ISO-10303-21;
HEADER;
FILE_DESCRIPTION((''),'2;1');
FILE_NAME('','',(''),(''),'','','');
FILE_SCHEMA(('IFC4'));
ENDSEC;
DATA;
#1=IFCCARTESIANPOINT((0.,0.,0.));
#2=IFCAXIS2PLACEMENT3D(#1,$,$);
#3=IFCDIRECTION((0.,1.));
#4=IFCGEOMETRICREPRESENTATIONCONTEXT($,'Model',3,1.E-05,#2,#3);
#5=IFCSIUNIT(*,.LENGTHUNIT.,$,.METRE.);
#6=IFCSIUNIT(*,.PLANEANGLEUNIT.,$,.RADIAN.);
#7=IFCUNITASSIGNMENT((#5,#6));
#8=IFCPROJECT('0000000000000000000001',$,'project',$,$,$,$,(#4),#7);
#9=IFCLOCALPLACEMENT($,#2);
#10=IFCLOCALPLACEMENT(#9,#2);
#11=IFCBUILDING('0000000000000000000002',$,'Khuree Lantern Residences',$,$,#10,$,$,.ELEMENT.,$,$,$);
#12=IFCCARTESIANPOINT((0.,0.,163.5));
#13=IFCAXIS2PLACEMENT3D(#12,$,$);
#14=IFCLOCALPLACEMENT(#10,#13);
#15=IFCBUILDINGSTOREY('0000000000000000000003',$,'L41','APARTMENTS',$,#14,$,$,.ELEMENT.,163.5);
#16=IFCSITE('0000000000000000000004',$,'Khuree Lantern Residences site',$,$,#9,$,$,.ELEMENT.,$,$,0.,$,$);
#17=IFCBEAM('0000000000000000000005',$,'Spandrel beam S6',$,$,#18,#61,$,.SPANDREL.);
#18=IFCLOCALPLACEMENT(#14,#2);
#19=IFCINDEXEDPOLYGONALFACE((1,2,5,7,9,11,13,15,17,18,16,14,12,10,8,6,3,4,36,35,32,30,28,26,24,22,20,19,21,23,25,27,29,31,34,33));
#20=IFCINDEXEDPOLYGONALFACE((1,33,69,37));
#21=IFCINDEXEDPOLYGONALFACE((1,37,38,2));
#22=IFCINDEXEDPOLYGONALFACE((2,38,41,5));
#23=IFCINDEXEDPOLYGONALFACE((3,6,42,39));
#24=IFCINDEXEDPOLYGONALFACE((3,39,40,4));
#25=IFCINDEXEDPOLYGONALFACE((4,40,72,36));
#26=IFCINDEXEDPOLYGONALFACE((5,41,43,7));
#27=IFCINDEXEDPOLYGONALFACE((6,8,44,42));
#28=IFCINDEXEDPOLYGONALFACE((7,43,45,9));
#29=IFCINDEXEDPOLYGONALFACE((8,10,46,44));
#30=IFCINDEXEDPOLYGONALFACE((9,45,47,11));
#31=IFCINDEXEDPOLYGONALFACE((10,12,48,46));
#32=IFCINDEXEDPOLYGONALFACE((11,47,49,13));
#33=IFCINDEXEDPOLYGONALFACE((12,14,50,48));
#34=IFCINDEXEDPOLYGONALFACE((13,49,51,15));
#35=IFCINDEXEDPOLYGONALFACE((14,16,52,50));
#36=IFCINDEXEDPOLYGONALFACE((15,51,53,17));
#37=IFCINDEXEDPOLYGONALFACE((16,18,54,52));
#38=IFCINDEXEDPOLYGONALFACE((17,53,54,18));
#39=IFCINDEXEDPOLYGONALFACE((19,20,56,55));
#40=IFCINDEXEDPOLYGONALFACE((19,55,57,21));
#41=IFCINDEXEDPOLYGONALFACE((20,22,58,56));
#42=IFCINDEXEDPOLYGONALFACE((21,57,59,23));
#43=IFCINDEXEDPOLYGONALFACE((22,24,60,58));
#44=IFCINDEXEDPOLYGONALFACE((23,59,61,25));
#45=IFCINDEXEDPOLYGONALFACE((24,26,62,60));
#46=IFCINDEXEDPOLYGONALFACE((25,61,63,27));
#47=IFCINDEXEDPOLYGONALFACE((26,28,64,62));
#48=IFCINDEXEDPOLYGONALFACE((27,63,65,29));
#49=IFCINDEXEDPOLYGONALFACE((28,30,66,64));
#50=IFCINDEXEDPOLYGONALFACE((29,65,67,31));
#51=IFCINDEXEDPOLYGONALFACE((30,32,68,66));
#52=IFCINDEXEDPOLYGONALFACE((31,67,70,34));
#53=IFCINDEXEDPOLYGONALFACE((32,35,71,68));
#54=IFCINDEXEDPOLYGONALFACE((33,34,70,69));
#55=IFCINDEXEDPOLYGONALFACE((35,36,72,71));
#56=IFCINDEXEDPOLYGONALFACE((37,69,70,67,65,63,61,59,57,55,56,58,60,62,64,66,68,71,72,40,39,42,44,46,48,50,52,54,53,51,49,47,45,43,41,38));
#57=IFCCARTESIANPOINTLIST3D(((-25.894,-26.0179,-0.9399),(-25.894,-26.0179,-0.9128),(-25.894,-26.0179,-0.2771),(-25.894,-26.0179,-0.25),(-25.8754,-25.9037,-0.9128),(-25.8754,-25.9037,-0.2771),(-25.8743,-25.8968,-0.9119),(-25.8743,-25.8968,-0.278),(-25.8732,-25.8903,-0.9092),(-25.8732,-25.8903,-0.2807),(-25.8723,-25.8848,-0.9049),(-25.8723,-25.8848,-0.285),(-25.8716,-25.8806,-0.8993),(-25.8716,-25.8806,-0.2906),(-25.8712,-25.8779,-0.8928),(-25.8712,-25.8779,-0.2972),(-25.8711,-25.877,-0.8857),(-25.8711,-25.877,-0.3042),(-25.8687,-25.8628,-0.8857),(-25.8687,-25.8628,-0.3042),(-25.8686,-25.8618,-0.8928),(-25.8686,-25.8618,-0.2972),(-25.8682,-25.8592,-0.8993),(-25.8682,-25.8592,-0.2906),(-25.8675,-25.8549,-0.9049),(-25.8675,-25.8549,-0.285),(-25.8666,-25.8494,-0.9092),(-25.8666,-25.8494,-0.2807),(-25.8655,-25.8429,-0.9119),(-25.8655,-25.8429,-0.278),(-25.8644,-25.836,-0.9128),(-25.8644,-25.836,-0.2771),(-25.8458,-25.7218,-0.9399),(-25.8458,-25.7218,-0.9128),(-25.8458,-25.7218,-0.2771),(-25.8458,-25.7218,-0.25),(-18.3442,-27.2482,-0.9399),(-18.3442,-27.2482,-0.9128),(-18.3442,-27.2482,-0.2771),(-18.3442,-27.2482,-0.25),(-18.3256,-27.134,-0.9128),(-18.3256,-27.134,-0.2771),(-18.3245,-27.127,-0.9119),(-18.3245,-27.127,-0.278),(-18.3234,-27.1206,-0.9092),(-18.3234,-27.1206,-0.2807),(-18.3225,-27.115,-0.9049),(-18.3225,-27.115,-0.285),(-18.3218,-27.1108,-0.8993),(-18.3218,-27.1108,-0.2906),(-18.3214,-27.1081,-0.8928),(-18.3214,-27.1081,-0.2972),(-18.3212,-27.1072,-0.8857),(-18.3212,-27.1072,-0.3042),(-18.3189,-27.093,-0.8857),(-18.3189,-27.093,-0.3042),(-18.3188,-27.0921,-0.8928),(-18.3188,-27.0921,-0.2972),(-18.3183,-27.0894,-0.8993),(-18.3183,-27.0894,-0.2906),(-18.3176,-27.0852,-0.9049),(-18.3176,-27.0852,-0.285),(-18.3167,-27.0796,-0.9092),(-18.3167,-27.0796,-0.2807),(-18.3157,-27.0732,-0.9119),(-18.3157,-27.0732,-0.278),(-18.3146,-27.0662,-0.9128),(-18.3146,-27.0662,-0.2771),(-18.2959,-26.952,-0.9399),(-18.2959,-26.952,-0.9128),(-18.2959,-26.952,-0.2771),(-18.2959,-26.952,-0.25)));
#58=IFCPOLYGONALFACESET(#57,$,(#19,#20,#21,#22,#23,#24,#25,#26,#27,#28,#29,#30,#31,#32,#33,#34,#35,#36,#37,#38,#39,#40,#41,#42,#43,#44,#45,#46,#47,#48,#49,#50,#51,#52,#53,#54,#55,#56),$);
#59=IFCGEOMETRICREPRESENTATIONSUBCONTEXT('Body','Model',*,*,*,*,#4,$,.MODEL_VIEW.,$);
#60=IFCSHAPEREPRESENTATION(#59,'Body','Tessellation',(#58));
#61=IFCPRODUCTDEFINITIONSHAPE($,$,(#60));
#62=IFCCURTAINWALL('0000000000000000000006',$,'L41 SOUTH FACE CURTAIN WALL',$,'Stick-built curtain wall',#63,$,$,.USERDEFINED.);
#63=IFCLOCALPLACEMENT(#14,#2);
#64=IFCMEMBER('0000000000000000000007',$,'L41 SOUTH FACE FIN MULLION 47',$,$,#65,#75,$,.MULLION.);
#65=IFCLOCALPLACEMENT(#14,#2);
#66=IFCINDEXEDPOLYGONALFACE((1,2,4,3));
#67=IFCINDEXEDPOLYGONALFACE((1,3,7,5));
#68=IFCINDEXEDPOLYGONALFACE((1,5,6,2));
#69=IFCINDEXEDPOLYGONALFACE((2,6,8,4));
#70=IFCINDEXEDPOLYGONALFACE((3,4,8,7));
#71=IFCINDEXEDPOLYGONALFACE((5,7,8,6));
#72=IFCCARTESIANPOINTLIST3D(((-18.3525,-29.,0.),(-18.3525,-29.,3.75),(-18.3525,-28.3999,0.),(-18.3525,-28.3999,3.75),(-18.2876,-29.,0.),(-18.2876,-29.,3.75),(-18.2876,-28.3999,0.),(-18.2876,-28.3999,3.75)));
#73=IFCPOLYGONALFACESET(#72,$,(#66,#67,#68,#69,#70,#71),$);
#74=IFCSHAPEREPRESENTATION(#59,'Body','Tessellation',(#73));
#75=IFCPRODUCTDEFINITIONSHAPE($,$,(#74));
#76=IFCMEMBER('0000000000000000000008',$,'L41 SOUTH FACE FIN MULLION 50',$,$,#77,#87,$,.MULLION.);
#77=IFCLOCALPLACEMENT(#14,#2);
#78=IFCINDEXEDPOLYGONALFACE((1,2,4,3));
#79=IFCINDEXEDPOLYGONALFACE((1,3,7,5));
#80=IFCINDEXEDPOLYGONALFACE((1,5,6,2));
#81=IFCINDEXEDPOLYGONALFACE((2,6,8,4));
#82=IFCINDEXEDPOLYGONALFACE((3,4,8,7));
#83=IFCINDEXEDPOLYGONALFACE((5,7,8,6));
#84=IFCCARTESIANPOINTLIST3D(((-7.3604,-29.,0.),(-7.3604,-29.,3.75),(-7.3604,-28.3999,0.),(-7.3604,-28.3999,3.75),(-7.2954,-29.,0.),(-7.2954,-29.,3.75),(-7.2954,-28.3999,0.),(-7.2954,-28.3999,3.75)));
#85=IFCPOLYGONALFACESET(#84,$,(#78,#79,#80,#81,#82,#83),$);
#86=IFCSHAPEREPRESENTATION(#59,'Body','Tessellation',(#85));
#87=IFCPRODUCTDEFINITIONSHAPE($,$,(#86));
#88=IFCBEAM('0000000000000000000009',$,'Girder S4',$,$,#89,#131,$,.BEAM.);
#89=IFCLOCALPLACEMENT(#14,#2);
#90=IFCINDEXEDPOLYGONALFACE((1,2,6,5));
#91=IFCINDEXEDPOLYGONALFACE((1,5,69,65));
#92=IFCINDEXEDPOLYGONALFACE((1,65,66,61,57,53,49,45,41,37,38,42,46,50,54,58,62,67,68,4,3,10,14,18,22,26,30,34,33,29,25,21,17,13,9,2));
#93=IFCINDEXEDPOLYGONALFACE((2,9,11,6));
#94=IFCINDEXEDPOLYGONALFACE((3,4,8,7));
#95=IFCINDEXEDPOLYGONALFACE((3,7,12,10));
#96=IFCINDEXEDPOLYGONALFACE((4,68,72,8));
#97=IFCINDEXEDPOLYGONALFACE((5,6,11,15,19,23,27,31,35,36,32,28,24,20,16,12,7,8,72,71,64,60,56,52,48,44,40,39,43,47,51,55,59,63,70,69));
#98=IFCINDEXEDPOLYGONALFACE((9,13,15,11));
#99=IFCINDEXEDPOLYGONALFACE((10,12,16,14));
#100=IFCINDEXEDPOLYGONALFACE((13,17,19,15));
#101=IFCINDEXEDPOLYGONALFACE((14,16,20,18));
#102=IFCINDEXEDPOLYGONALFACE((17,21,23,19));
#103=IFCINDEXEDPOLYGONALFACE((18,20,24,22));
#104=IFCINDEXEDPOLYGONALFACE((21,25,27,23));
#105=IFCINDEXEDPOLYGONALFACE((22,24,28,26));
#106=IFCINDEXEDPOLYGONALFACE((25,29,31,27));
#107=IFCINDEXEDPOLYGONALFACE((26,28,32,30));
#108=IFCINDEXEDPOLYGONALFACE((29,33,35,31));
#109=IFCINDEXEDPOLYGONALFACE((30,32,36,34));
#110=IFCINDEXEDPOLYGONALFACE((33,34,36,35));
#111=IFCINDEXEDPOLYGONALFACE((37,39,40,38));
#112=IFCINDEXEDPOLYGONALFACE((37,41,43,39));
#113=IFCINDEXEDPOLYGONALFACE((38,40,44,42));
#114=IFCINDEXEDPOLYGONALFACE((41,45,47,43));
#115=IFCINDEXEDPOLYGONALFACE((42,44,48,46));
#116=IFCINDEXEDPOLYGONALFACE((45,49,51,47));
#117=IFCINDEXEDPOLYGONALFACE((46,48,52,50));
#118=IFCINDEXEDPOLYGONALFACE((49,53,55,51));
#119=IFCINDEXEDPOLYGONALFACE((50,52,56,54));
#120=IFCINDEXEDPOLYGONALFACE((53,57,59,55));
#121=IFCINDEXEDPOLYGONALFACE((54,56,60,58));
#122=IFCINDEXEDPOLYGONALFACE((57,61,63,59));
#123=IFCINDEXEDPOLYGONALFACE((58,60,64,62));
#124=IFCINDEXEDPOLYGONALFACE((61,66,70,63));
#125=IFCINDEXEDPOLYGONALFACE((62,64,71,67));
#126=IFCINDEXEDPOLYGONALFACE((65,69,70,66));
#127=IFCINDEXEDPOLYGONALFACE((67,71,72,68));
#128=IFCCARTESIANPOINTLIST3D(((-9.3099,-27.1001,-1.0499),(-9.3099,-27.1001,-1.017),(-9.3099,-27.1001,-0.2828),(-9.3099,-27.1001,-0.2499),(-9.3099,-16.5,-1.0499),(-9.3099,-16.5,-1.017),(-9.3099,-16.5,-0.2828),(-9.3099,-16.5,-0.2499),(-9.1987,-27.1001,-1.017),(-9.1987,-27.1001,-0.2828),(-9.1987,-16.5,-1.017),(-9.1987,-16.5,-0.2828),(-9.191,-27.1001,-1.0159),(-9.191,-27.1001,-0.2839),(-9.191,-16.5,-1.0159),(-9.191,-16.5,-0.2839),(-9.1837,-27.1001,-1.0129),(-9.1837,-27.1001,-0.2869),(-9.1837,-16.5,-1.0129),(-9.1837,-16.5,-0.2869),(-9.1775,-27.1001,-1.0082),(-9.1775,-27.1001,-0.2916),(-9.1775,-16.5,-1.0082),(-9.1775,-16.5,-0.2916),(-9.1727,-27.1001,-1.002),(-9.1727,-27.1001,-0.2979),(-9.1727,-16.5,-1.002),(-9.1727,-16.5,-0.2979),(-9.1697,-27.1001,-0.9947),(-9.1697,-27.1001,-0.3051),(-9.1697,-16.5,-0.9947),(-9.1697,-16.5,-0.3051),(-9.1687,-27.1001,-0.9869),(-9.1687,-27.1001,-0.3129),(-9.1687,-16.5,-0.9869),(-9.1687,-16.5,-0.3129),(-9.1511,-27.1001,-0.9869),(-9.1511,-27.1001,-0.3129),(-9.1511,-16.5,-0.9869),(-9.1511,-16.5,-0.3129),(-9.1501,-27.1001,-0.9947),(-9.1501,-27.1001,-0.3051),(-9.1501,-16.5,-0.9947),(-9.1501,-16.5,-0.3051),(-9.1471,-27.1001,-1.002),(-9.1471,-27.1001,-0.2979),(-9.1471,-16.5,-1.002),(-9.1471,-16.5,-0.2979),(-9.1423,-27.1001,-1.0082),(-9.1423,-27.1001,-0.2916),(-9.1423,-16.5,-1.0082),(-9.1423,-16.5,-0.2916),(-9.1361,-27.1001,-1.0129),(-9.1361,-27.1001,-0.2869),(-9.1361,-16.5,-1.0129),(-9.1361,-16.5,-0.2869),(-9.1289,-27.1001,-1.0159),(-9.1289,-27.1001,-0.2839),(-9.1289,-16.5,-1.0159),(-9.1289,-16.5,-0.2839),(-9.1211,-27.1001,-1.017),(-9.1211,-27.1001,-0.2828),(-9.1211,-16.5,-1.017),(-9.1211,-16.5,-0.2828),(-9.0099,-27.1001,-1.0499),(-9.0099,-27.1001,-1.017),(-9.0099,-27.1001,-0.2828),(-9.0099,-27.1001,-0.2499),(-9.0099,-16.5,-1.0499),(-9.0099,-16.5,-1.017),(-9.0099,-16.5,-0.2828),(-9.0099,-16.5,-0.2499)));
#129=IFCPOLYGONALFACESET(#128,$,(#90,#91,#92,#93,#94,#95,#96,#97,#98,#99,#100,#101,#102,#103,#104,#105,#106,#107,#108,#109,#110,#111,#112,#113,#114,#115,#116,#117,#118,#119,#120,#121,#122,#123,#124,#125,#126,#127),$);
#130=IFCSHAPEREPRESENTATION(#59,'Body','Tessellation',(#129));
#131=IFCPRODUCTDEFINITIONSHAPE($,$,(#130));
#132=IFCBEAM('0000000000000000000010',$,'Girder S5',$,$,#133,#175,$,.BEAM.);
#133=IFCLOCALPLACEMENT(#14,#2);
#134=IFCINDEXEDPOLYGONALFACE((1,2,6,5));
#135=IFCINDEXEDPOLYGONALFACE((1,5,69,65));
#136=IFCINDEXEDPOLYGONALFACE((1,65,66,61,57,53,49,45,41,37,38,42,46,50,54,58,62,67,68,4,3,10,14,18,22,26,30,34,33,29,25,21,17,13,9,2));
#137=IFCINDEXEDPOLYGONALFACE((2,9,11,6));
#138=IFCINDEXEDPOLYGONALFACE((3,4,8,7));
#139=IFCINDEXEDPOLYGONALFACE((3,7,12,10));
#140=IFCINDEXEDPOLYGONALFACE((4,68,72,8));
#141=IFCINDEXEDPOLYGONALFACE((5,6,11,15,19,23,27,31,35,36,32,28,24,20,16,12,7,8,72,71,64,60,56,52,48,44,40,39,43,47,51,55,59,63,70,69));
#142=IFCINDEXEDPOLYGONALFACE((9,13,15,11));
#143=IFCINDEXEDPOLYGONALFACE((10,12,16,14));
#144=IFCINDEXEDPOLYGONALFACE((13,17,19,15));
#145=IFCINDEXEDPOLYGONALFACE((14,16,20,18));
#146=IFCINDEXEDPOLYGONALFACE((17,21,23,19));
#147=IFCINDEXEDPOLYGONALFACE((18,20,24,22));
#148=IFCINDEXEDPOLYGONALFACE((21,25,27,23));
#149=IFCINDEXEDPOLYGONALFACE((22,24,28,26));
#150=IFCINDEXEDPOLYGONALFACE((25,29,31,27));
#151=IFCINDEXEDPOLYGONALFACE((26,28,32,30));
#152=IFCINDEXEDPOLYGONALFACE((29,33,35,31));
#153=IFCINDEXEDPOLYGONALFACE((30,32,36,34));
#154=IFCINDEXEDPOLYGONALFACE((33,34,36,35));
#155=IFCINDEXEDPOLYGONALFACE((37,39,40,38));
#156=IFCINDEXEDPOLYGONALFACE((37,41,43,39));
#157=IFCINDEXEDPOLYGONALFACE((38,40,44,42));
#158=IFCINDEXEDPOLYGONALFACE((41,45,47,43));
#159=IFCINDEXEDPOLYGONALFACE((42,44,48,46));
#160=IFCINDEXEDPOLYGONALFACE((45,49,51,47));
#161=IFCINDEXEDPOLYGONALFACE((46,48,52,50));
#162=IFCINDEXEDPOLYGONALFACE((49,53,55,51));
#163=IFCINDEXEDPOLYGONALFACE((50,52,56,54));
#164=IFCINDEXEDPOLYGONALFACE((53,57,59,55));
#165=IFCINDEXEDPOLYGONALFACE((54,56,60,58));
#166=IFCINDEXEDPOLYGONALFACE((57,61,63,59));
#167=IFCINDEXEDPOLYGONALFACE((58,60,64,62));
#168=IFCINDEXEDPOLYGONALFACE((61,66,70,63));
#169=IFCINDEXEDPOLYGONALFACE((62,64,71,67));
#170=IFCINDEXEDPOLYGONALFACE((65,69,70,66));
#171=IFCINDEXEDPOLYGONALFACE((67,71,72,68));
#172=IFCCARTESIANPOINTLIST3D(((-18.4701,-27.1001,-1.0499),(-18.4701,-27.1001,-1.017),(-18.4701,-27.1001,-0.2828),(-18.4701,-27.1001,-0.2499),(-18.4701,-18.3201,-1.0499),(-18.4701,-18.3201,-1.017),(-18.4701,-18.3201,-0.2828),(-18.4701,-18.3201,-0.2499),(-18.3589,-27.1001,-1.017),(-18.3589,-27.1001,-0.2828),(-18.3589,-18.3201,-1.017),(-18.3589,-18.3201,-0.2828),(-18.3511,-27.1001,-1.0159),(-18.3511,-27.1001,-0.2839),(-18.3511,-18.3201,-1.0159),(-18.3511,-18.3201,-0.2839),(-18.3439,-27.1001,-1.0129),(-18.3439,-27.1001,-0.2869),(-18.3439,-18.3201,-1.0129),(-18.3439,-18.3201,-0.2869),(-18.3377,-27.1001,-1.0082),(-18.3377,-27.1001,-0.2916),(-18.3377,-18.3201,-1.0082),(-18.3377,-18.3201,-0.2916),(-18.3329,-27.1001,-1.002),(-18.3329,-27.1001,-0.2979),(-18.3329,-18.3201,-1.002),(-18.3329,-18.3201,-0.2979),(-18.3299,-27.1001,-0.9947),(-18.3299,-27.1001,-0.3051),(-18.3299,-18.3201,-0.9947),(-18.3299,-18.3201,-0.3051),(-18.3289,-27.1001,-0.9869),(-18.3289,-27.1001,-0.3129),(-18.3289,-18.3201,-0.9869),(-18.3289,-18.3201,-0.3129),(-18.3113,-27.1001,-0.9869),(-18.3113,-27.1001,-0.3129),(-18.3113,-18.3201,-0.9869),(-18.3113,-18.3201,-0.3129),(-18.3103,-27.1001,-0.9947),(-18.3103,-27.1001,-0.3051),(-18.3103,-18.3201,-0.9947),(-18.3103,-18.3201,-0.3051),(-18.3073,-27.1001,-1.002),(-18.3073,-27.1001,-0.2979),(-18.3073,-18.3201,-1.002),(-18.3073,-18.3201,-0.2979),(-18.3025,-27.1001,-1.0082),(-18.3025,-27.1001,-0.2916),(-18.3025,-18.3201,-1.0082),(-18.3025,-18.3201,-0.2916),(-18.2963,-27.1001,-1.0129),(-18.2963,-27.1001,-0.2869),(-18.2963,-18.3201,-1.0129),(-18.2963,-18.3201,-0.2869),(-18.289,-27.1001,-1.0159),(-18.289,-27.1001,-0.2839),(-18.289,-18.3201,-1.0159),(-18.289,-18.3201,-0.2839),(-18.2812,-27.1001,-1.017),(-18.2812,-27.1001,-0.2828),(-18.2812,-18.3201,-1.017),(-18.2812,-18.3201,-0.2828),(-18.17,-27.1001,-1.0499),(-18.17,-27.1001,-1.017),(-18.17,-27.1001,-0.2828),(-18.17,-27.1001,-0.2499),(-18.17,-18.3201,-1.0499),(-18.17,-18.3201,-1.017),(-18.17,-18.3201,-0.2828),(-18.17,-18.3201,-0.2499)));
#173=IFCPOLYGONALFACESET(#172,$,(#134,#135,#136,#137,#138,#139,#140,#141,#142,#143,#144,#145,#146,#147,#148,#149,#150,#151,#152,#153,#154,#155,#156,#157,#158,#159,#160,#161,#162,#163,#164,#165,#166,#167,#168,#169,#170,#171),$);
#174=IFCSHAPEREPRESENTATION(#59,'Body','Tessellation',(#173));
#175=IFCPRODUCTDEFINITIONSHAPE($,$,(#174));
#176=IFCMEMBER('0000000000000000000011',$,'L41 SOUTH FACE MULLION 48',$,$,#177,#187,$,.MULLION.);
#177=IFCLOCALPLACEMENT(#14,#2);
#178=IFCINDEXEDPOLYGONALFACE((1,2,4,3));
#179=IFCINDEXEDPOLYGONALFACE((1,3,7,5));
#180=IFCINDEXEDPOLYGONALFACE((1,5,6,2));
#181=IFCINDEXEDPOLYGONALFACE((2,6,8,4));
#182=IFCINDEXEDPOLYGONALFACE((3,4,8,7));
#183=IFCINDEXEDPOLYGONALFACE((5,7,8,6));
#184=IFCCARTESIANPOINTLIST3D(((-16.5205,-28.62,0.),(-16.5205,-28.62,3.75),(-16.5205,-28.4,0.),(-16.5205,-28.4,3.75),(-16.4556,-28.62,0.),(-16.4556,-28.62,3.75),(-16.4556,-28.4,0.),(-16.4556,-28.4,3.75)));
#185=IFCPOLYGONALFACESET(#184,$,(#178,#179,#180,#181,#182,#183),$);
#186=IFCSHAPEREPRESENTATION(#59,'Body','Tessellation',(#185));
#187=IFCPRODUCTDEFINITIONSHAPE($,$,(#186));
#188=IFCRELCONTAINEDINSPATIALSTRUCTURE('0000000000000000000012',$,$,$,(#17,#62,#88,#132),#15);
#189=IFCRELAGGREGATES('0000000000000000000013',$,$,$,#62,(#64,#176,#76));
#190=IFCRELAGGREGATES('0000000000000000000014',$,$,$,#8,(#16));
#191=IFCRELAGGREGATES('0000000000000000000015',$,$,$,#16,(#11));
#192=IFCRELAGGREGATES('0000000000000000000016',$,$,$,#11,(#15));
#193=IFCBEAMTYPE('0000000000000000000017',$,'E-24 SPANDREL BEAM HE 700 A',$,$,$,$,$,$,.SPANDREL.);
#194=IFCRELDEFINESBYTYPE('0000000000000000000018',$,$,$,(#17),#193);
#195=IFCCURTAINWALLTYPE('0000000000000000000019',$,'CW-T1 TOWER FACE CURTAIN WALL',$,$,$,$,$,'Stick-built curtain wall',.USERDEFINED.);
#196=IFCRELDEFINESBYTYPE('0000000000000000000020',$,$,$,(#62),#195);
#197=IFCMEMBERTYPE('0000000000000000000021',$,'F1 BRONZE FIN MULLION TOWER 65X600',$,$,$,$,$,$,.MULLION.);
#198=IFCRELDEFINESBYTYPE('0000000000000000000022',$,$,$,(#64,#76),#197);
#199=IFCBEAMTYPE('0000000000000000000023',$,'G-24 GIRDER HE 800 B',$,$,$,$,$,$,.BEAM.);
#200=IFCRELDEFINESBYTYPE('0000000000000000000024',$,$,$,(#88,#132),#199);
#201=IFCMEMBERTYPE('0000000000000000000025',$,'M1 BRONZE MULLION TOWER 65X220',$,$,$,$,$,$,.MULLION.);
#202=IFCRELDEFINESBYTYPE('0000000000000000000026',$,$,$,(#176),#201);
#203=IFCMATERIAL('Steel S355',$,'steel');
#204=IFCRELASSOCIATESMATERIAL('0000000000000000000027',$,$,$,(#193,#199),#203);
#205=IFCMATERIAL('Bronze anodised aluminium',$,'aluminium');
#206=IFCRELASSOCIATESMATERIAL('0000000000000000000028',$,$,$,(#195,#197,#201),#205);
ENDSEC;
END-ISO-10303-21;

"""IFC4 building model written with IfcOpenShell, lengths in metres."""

from ifc_helpers import new_model, si_unit, direction, frame, origin, origin_2d, place, context, subcontext, project, spatial, rectangle, i_section, extrude, material, material_profile, profile_set, type_object, element, aggregate, save


model = new_model("IFC4")

# Units and contexts
model_context = context("Model", 3, precision=1e-05, world=origin(), true_north=direction((0.0, 1.0)))
body_context = subcontext(model_context, "Body", "Model", "MODEL_VIEW")
ifc_project = project(units=[si_unit("LENGTHUNIT", "METRE"), si_unit("PLANEANGLEUNIT", "RADIAN")], contexts=[model_context])

# Site, building, storey
site_placement = place(None, origin())
site = spatial("IfcSite", under=ifc_project, at=site_placement, Name="Khuree Lantern Residences site", CompositionType="ELEMENT", RefElevation=0.0)
building_placement = place(site_placement, origin())
building = spatial("IfcBuilding", under=site, at=building_placement, Name="Khuree Lantern Residences", CompositionType="ELEMENT")
storey_placement = place(building_placement, frame((0.0, 0.0, 163.5)))
storey = spatial("IfcBuildingStorey", under=building, at=storey_placement, Name="L41", Description="APARTMENTS", CompositionType="ELEMENT", Elevation=163.5)

# Beam
ifc_material_1 = material(Name="Steel S355", Category="steel")
ifc_material_profile_1 = material_profile(ifc_material_1, i_section(OverallWidth=0.3, OverallDepth=0.6899, WebThickness=0.0144, FlangeThickness=0.0271, FilletRadius=0.0271, at=origin_2d()), Name="HE 700 A")
ifc_profile_set_1 = profile_set([ifc_material_profile_1], Name="Steel S355")
beam_type_1 = type_object("IfcBeamType", Name="E-24 SPANDREL BEAM HE 700 A", PredefinedType="SPANDREL", material=ifc_profile_set_1)
beam_1_placement = place(storey_placement, frame((-18.3201, -27.1001, -0.595), z_axis=(-0.986983, 0.160827, 0.0), x_axis=(-0.160827, -0.986983, 0.0)))
element("IfcBeam", 1, at=beam_1_placement, inside=storey, type_object=beam_type_1, Name="Spandrel beam S6", PredefinedType="SPANDREL", context=body_context, shape_type="SweptSolid", body=[
    extrude(i_section(OverallWidth=0.3, OverallDepth=0.6899, WebThickness=0.0144, FlangeThickness=0.0271, FilletRadius=0.0271, at=origin_2d()), origin(), (0.0, 0.0, 1.0), 7.6494),
])

# Curtain wall, members
ifc_material_2 = material(Name="Bronze anodised aluminium", Category="aluminium")
curtain_wall_type = type_object("IfcCurtainWallType", Name="CW-T1 TOWER FACE CURTAIN WALL", ElementType="Stick-built curtain wall", PredefinedType="USERDEFINED", material=ifc_material_2)
curtain_wall_placement = place(storey_placement, origin())
curtain_wall = element("IfcCurtainWall", 2, at=curtain_wall_placement, inside=storey, type_object=curtain_wall_type, Name="L41 SOUTH FACE CURTAIN WALL", ObjectType="Stick-built curtain wall", PredefinedType="USERDEFINED")
ifc_material_profile_2 = material_profile(ifc_material_2, rectangle(XDim=0.0649, YDim=0.6001, at=origin_2d()), Name="F1 65X600")
ifc_profile_set_2 = profile_set([ifc_material_profile_2], Name="Bronze anodised aluminium")
member_type_1 = type_object("IfcMemberType", Name="F1 BRONZE FIN MULLION TOWER 65X600", PredefinedType="MULLION", material=ifc_profile_set_2)
member_1_placement = place(storey_placement, frame((-18.3201, -28.7, 0.0), z_axis=(0.0, 0.0, 1.0), x_axis=(1.0, 0.0, 0.0)))
member_1 = element("IfcMember", 3, at=member_1_placement, type_object=member_type_1, Name="L41 SOUTH FACE FIN MULLION 47", PredefinedType="MULLION", context=body_context, shape_type="SweptSolid", body=[
    extrude(rectangle(XDim=0.0649, YDim=0.6001, at=origin_2d()), origin(), (0.0, 0.0, 1.0), 3.75),
])
member_2_placement = place(storey_placement, frame((-7.3279, -28.7, 0.0), z_axis=(0.0, 0.0, 1.0), x_axis=(1.0, 0.0, 0.0)))
member_2 = element("IfcMember", 4, at=member_2_placement, type_object=member_type_1, Name="L41 SOUTH FACE FIN MULLION 50", PredefinedType="MULLION", context=body_context, shape_type="SweptSolid", body=[
    extrude(rectangle(XDim=0.0649, YDim=0.6001, at=origin_2d()), origin(), (0.0, 0.0, 1.0), 3.75),
])

# Beams
ifc_material_profile_3 = material_profile(ifc_material_1, i_section(OverallWidth=0.3, OverallDepth=0.8, WebThickness=0.0176, FlangeThickness=0.033, FilletRadius=0.03, at=origin_2d()), Name="HE 800 B")
ifc_profile_set_3 = profile_set([ifc_material_profile_3], Name="Steel S355")
beam_type_2 = type_object("IfcBeamType", Name="G-24 GIRDER HE 800 B", PredefinedType="BEAM", material=ifc_profile_set_3)
beam_2_placement = place(storey_placement, frame((-9.1599, -27.1001, -0.6499), z_axis=(0.0, 1.0, 0.0), x_axis=(-1.0, 0.0, 0.0)))
element("IfcBeam", 5, at=beam_2_placement, inside=storey, type_object=beam_type_2, Name="Girder S4", PredefinedType="BEAM", context=body_context, shape_type="SweptSolid", body=[
    extrude(i_section(OverallWidth=0.3, OverallDepth=0.8, WebThickness=0.0176, FlangeThickness=0.033, FilletRadius=0.03, at=origin_2d()), origin(), (0.0, 0.0, 1.0), 10.6001),
])
beam_3_placement = place(storey_placement, frame((-18.3201, -27.1001, -0.6499), z_axis=(0.0, 1.0, 0.0), x_axis=(-1.0, 0.0, 0.0)))
element("IfcBeam", 6, at=beam_3_placement, inside=storey, type_object=beam_type_2, Name="Girder S5", PredefinedType="BEAM", context=body_context, shape_type="SweptSolid", body=[
    extrude(i_section(OverallWidth=0.3, OverallDepth=0.8, WebThickness=0.0176, FlangeThickness=0.033, FilletRadius=0.03, at=origin_2d()), origin(), (0.0, 0.0, 1.0), 8.78),
])

# Member
ifc_material_profile_4 = material_profile(ifc_material_2, rectangle(XDim=0.0649, YDim=0.22, at=origin_2d()), Name="M1 65X220")
ifc_profile_set_4 = profile_set([ifc_material_profile_4], Name="Bronze anodised aluminium")
member_type_2 = type_object("IfcMemberType", Name="M1 BRONZE MULLION TOWER 65X220", PredefinedType="MULLION", material=ifc_profile_set_4)
member_3_placement = place(storey_placement, frame((-16.488, -28.51, 0.0), z_axis=(0.0, 0.0, 1.0), x_axis=(1.0, 0.0, 0.0)))
member_3 = element("IfcMember", 7, at=member_3_placement, type_object=member_type_2, Name="L41 SOUTH FACE MULLION 48", PredefinedType="MULLION", context=body_context, shape_type="SweptSolid", body=[
    extrude(rectangle(XDim=0.0649, YDim=0.22, at=origin_2d()), origin(), (0.0, 0.0, 1.0), 3.75),
])

aggregate(curtain_wall, [member_1, member_3, member_2])

save(model, "model.ifc")
